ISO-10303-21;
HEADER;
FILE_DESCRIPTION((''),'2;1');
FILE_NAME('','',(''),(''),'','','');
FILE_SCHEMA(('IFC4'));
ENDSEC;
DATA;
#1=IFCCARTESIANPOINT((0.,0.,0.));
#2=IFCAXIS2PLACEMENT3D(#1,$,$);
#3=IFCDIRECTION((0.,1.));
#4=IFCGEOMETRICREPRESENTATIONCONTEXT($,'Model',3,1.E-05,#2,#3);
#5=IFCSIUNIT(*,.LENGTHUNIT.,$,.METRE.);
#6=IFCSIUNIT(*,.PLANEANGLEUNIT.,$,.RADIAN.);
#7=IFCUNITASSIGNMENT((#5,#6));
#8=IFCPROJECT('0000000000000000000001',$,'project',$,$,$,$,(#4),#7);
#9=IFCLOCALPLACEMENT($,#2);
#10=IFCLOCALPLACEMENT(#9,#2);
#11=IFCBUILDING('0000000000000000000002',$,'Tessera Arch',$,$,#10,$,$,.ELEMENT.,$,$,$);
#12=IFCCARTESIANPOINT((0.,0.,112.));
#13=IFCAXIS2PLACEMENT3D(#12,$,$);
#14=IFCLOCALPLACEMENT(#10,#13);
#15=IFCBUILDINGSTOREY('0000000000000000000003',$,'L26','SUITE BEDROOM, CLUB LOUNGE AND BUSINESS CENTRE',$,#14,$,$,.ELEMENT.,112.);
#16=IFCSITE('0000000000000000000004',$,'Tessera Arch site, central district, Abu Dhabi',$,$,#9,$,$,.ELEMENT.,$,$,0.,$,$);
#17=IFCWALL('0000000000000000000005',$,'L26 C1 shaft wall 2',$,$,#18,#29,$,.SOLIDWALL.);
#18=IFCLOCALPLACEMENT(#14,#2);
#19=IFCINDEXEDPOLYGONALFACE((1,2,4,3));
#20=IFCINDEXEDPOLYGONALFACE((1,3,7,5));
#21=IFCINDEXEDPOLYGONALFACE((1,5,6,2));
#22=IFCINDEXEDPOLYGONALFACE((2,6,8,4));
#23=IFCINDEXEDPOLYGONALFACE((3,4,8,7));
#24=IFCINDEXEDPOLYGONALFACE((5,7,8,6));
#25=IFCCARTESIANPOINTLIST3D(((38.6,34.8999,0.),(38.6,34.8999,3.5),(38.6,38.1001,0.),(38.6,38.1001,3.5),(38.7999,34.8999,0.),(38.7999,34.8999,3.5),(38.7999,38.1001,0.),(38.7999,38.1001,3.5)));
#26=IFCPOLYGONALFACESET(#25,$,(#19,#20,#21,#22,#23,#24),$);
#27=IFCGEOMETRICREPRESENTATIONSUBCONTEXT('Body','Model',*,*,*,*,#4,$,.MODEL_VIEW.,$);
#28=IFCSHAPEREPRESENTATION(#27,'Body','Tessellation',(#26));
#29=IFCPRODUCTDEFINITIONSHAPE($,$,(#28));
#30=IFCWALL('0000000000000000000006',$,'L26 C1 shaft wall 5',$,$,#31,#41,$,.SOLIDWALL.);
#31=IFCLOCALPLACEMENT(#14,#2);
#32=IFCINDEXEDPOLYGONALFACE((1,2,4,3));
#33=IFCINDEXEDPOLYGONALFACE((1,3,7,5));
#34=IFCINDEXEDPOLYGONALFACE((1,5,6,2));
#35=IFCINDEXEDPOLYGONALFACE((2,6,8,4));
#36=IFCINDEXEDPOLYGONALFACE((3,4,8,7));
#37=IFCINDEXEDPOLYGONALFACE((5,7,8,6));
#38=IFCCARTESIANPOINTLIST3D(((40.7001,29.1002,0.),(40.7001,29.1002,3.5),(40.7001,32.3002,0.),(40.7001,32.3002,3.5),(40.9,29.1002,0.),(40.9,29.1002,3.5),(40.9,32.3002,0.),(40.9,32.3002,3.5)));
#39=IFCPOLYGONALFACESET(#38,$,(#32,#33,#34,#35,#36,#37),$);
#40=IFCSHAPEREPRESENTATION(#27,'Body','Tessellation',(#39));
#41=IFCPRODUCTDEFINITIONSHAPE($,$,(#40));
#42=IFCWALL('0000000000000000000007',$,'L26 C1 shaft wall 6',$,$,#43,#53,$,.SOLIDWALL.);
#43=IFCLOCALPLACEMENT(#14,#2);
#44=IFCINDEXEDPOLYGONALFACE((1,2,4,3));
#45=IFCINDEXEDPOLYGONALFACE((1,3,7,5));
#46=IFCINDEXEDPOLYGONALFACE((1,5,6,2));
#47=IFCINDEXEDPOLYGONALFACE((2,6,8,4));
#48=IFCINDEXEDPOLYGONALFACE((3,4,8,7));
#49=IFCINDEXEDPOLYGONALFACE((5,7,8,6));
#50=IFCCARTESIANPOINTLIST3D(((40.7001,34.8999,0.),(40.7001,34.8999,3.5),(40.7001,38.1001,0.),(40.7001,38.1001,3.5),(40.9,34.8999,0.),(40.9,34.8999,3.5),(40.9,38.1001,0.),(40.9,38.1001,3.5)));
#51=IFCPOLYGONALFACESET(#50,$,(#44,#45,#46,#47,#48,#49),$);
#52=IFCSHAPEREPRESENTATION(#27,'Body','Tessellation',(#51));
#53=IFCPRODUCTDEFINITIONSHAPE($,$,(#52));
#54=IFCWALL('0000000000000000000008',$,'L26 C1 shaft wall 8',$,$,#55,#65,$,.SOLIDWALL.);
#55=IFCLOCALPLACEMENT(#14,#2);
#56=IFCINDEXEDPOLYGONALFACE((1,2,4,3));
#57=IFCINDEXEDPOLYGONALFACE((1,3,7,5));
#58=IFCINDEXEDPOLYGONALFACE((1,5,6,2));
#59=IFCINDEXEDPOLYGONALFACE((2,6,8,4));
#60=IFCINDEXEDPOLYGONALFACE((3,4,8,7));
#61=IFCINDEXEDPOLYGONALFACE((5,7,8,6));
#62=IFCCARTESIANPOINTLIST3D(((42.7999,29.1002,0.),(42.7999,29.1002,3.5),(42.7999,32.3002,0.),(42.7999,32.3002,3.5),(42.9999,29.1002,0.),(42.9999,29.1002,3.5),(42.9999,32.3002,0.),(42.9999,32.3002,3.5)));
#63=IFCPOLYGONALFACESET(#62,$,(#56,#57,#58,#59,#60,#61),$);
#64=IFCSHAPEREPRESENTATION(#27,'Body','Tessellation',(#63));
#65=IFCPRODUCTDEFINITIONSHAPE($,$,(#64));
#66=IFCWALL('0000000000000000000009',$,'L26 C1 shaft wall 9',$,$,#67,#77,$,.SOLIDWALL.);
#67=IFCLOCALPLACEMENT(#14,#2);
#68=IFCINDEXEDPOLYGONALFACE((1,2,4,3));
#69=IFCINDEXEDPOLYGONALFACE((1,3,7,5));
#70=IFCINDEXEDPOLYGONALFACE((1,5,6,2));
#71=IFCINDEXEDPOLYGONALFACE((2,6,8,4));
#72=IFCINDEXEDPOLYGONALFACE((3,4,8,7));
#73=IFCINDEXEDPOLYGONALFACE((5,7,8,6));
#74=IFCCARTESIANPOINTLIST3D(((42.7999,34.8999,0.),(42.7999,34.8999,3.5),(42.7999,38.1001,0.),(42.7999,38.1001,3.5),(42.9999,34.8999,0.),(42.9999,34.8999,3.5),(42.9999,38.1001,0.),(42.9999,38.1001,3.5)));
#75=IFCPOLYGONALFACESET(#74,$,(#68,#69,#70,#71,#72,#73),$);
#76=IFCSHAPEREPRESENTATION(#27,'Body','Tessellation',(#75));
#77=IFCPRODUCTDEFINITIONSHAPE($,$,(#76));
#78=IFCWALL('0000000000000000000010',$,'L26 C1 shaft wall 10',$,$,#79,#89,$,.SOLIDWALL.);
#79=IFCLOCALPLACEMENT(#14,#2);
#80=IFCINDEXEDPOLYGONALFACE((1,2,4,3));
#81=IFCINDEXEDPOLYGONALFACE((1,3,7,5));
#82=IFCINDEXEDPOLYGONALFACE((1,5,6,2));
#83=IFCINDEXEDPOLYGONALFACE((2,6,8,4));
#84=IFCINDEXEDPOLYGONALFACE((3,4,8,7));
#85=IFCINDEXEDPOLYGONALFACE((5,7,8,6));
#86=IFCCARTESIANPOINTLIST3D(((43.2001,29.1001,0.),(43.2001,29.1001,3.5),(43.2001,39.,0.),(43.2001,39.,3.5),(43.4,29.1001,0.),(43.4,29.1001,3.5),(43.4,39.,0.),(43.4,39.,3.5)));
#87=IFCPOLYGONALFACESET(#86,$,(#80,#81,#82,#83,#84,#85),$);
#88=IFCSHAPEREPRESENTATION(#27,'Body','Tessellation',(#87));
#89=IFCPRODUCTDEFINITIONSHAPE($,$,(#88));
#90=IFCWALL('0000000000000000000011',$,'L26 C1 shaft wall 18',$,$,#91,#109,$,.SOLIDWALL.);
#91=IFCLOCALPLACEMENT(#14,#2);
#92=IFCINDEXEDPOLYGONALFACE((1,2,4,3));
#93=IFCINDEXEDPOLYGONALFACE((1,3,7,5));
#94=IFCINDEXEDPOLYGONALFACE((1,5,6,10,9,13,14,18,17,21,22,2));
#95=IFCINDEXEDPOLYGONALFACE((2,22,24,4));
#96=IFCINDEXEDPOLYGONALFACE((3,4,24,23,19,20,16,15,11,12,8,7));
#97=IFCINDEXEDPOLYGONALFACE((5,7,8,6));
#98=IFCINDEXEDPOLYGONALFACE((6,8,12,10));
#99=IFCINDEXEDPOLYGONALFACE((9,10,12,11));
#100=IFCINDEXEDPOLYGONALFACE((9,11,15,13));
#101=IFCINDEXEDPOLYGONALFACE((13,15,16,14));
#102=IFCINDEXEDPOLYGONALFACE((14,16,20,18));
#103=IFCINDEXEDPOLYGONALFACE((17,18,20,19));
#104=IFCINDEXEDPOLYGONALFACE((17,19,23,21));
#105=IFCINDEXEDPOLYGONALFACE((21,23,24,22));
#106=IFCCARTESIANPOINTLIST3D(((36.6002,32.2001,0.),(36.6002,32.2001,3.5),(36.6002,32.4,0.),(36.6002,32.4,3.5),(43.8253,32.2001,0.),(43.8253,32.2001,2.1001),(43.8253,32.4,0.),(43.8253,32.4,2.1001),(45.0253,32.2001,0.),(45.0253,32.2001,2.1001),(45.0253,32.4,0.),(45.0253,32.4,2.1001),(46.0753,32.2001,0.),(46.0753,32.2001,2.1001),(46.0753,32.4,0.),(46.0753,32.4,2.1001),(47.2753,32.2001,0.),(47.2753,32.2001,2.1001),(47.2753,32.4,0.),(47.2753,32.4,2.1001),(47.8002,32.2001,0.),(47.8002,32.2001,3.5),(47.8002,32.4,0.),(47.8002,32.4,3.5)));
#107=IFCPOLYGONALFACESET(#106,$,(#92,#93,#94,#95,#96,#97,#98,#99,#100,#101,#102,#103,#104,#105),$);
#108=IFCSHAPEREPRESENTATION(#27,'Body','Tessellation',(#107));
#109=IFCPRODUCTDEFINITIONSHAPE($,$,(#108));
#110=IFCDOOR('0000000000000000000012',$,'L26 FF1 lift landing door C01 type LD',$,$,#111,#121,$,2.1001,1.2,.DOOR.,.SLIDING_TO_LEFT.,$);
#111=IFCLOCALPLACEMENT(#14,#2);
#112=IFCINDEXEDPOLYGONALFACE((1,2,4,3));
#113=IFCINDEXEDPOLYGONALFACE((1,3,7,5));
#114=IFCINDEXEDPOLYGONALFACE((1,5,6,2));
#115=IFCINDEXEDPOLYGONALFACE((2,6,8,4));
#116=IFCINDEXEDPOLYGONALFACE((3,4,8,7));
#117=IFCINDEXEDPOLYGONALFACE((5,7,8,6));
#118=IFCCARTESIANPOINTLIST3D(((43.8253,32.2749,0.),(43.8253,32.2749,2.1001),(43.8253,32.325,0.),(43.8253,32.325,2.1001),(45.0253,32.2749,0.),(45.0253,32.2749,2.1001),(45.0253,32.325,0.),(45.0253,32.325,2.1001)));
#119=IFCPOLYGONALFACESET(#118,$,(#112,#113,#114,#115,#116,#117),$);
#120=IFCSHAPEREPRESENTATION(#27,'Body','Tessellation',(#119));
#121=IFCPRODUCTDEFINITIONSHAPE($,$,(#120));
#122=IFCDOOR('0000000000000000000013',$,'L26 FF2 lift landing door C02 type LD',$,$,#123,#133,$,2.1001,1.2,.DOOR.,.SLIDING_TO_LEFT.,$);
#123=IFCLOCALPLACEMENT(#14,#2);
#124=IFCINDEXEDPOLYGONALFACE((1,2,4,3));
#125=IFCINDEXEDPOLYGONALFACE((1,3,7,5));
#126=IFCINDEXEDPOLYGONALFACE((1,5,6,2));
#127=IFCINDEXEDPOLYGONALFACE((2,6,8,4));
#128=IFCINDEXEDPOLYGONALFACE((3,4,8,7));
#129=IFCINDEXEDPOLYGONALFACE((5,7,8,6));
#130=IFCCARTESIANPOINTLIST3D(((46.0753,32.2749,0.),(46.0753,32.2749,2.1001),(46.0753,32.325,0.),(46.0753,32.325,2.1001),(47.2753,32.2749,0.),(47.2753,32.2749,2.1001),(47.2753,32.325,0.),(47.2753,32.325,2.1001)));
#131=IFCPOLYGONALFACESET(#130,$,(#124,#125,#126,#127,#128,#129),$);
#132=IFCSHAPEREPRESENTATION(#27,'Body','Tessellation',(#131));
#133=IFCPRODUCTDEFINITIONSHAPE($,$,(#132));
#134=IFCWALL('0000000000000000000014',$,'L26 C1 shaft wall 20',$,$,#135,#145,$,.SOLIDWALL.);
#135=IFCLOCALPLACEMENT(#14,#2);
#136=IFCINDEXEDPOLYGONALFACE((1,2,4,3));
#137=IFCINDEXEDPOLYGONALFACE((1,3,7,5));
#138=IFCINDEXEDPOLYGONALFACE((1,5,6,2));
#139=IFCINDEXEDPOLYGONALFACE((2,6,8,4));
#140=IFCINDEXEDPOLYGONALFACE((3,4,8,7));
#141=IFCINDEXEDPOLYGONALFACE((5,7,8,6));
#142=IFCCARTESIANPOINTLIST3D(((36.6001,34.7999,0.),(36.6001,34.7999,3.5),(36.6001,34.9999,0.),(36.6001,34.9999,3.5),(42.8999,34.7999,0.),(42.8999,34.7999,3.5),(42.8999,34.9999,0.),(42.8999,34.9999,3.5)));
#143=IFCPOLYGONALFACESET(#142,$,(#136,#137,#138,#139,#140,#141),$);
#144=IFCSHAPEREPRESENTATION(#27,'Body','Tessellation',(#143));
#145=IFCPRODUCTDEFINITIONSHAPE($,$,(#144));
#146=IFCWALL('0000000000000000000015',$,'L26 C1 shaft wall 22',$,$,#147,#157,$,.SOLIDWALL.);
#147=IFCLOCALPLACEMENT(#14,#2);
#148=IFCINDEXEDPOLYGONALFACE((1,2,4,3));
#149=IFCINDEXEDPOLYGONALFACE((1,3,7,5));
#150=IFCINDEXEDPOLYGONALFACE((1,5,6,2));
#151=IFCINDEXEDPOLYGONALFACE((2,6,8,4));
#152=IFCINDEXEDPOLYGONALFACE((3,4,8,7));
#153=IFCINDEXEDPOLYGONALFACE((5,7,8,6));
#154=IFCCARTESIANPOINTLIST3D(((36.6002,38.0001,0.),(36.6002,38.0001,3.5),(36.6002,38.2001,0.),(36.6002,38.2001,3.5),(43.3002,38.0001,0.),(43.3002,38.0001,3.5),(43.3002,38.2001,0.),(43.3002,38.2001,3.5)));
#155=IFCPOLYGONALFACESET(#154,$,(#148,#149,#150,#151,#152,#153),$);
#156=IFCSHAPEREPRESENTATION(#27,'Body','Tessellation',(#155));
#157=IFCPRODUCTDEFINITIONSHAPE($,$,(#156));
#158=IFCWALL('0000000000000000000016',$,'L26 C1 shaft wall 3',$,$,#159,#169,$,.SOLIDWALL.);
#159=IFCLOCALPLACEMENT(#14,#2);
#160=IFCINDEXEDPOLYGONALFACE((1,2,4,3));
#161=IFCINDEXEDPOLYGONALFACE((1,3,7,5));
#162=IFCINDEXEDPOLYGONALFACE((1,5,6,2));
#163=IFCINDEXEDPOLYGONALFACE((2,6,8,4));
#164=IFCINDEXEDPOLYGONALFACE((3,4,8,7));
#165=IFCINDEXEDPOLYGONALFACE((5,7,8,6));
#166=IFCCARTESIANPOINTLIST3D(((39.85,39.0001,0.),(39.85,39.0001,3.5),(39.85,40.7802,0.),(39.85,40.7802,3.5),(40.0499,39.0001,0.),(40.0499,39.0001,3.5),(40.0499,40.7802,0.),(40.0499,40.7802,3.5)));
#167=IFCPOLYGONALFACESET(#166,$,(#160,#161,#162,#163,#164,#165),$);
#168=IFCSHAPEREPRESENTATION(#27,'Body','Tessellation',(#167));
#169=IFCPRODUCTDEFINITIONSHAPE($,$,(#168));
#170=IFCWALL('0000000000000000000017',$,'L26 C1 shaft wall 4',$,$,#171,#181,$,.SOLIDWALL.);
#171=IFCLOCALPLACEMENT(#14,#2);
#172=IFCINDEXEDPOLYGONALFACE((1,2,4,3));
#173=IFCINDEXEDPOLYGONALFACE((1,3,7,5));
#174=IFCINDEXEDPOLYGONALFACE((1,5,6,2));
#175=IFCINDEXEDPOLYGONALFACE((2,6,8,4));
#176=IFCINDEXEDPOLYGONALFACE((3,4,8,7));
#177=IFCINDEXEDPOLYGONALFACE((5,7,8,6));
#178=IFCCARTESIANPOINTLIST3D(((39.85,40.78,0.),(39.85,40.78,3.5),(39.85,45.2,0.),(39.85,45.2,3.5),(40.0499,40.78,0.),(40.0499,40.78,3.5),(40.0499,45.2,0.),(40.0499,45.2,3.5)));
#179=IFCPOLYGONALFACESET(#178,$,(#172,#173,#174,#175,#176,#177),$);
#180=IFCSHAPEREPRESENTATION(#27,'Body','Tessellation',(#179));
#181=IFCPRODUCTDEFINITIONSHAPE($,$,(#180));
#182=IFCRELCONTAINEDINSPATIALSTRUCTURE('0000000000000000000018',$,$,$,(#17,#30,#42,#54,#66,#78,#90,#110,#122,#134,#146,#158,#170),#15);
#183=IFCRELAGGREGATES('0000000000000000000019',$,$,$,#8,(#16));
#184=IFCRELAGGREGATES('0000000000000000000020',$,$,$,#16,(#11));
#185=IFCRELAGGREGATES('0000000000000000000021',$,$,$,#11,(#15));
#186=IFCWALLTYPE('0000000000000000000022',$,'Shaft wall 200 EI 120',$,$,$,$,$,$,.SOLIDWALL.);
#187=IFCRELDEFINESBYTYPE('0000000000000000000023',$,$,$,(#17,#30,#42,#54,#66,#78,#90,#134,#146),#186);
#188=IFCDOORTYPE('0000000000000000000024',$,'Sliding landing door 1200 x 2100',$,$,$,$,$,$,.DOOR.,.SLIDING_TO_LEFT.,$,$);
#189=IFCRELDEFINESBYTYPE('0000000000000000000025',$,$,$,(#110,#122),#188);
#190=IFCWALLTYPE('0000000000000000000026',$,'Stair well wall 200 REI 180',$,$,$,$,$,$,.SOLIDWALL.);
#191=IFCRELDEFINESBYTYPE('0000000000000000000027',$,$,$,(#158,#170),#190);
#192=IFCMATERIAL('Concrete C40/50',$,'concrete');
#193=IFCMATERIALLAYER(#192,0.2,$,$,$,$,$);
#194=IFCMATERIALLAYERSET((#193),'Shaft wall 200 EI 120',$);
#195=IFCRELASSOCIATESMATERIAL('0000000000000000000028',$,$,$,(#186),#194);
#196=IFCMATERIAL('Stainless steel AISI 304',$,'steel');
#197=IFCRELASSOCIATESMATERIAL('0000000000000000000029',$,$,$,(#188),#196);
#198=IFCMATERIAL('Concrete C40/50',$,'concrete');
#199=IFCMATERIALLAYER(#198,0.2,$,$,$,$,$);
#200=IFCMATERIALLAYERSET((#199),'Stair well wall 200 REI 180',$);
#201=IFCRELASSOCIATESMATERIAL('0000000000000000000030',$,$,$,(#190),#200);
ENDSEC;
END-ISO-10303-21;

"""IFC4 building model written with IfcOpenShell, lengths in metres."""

from ifc_helpers import new_model, si_unit, direction, frame, frame_2d, origin, place, context, subcontext, project, spatial, rectangle, extrude, material, layer, layer_set, type_object, element, fill, save


model = new_model("IFC4")

# Units and contexts
model_context = context("Model", 3, precision=1e-05, world=origin(), true_north=direction((0.0, 1.0)))
body_context = subcontext(model_context, "Body", "Model", "MODEL_VIEW")
ifc_project = project(units=[si_unit("LENGTHUNIT", "METRE"), si_unit("PLANEANGLEUNIT", "RADIAN")], contexts=[model_context])

# Site, building, storey
site_placement = place(None, origin())
site = spatial("IfcSite", under=ifc_project, at=site_placement, Name="Tessera Arch site, central district, Abu Dhabi", CompositionType="ELEMENT", RefElevation=0.0)
building_placement = place(site_placement, origin())
building = spatial("IfcBuilding", under=site, at=building_placement, Name="Tessera Arch", CompositionType="ELEMENT")
storey_placement = place(building_placement, frame((0.0, 0.0, 112.0)))
storey = spatial("IfcBuildingStorey", under=building, at=storey_placement, Name="L26", Description="SUITE BEDROOM, CLUB LOUNGE AND BUSINESS CENTRE", CompositionType="ELEMENT", Elevation=112.0)

# Walls
ifc_material_1 = material(Name="Concrete C40/50", Category="concrete")
ifc_layer_1 = layer(ifc_material_1, 0.2)
ifc_layer_set_1 = layer_set([ifc_layer_1], Name="Shaft wall 200 EI 120")
wall_type_1 = type_object("IfcWallType", Name="Shaft wall 200 EI 120", PredefinedType="SOLIDWALL", material=ifc_layer_set_1)
wall_1_placement = place(storey_placement, frame((38.7, 34.8999, 0.0), z_axis=(0.0, 0.0, 1.0), x_axis=(0.0, 1.0, 0.0)))
element("IfcWall", 1, at=wall_1_placement, inside=storey, type_object=wall_type_1, Name="L26 C1 shaft wall 2", PredefinedType="SOLIDWALL", context=body_context, shape_type="SweptSolid", body=[
    extrude(rectangle(XDim=3.2002, YDim=0.2, at=frame_2d((1.6001, 0.0))), origin(), (0.0, 0.0, 1.0), 3.5),
])
wall_2_placement = place(storey_placement, frame((40.8, 29.1001, 0.0), z_axis=(0.0, 0.0, 1.0), x_axis=(0.0, 1.0, 0.0)))
element("IfcWall", 2, at=wall_2_placement, inside=storey, type_object=wall_type_1, Name="L26 C1 shaft wall 5", PredefinedType="SOLIDWALL", context=body_context, shape_type="SweptSolid", body=[
    extrude(rectangle(XDim=3.2, YDim=0.2, at=frame_2d((1.6001, 0.0))), origin(), (0.0, 0.0, 1.0), 3.5),
])
wall_3_placement = place(storey_placement, frame((40.8, 34.8999, 0.0), z_axis=(0.0, 0.0, 1.0), x_axis=(0.0, 1.0, 0.0)))
element("IfcWall", 3, at=wall_3_placement, inside=storey, type_object=wall_type_1, Name="L26 C1 shaft wall 6", PredefinedType="SOLIDWALL", context=body_context, shape_type="SweptSolid", body=[
    extrude(rectangle(XDim=3.2002, YDim=0.2, at=frame_2d((1.6001, 0.0))), origin(), (0.0, 0.0, 1.0), 3.5),
])
wall_4_placement = place(storey_placement, frame((42.8999, 29.1001, 0.0), z_axis=(0.0, 0.0, 1.0), x_axis=(0.0, 1.0, 0.0)))
element("IfcWall", 4, at=wall_4_placement, inside=storey, type_object=wall_type_1, Name="L26 C1 shaft wall 8", PredefinedType="SOLIDWALL", context=body_context, shape_type="SweptSolid", body=[
    extrude(rectangle(XDim=3.2, YDim=0.2, at=frame_2d((1.6001, 0.0))), origin(), (0.0, 0.0, 1.0), 3.5),
])
wall_5_placement = place(storey_placement, frame((42.8999, 34.8999, 0.0), z_axis=(0.0, 0.0, 1.0), x_axis=(0.0, 1.0, 0.0)))
element("IfcWall", 5, at=wall_5_placement, inside=storey, type_object=wall_type_1, Name="L26 C1 shaft wall 9", PredefinedType="SOLIDWALL", context=body_context, shape_type="SweptSolid", body=[
    extrude(rectangle(XDim=3.2002, YDim=0.2, at=frame_2d((1.6001, 0.0))), origin(), (0.0, 0.0, 1.0), 3.5),
])
wall_6_placement = place(storey_placement, frame((43.3, 29.1001, 0.0), z_axis=(0.0, 0.0, 1.0), x_axis=(0.0, 1.0, 0.0)))
element("IfcWall", 6, at=wall_6_placement, inside=storey, type_object=wall_type_1, Name="L26 C1 shaft wall 10", PredefinedType="SOLIDWALL", context=body_context, shape_type="SweptSolid", body=[
    extrude(rectangle(XDim=9.8999, YDim=0.2, at=frame_2d((4.95, 0.0))), origin(), (0.0, 0.0, 1.0), 3.5),
])

# Wall, openings, doors
wall_7_placement = place(storey_placement, frame((36.6001, 32.3, 0.0), z_axis=(0.0, 0.0, 1.0), x_axis=(1.0, 0.0, 0.0)))
wall_7 = element("IfcWall", 7, at=wall_7_placement, inside=storey, type_object=wall_type_1, Name="L26 C1 shaft wall 18", PredefinedType="SOLIDWALL", context=body_context, shape_type="SweptSolid", body=[
    extrude(rectangle(XDim=11.2, YDim=0.2, at=frame_2d((5.6001, 0.0))), origin(), (0.0, 0.0, 1.0), 3.5),
])
opening_1_placement = place(wall_7_placement, frame((7.2251, 0.0, 0.0)))
opening_1 = element("IfcOpeningElement", 8, at=opening_1_placement, cuts=wall_7, PredefinedType="OPENING", context=body_context, shape_type="SweptSolid", body=[
    extrude(rectangle(XDim=1.2, YDim=2.1001, at=frame_2d((0.6001, 1.05))), frame((0.0, 0.1099, 0.0), z_axis=(0.0, -1.0, 0.0), x_axis=(1.0, 0.0, 0.0)), (0.0, 0.0, 1.0), 0.22),
])
opening_2_placement = place(wall_7_placement, frame((9.4751, 0.0, 0.0)))
opening_2 = element("IfcOpeningElement", 9, at=opening_2_placement, cuts=wall_7, PredefinedType="OPENING", context=body_context, shape_type="SweptSolid", body=[
    extrude(rectangle(XDim=1.2, YDim=2.1001, at=frame_2d((0.6001, 1.05))), frame((0.0, 0.1099, 0.0), z_axis=(0.0, -1.0, 0.0), x_axis=(1.0, 0.0, 0.0)), (0.0, 0.0, 1.0), 0.22),
])
ifc_material_2 = material(Name="Stainless steel AISI 304", Category="steel")
door_type_1 = type_object("IfcDoorType", Name="Sliding landing door 1200 x 2100", OperationType="SLIDING_TO_LEFT", PredefinedType="DOOR", material=ifc_material_2)
door_1_placement = place(opening_1_placement, origin())
door_1 = element("IfcDoor", 10, at=door_1_placement, inside=storey, type_object=door_type_1, Name="L26 FF1 lift landing door C01 type LD", OperationType="SLIDING_TO_LEFT", OverallHeight=2.1001, OverallWidth=1.2, PredefinedType="DOOR", context=body_context, shape_type="SweptSolid", body=[
    extrude(rectangle(XDim=1.2, YDim=2.1001, at=frame_2d((0.6001, 1.05))), frame((0.0, 0.0249, 0.0), z_axis=(0.0, -1.0, 0.0), x_axis=(1.0, 0.0, 0.0)), (0.0, 0.0, 1.0), 0.05),
])
fill(opening_1, door_1)
door_2_placement = place(opening_2_placement, origin())
door_2 = element("IfcDoor", 11, at=door_2_placement, inside=storey, type_object=door_type_1, Name="L26 FF2 lift landing door C02 type LD", OperationType="SLIDING_TO_LEFT", OverallHeight=2.1001, OverallWidth=1.2, PredefinedType="DOOR", context=body_context, shape_type="SweptSolid", body=[
    extrude(rectangle(XDim=1.2, YDim=2.1001, at=frame_2d((0.6001, 1.05))), frame((0.0, 0.0249, 0.0), z_axis=(0.0, -1.0, 0.0), x_axis=(1.0, 0.0, 0.0)), (0.0, 0.0, 1.0), 0.05),
])
fill(opening_2, door_2)

# Walls
wall_8_placement = place(storey_placement, frame((36.6001, 34.8999, 0.0), z_axis=(0.0, 0.0, 1.0), x_axis=(1.0, 0.0, 0.0)))
element("IfcWall", 12, at=wall_8_placement, inside=storey, type_object=wall_type_1, Name="L26 C1 shaft wall 20", PredefinedType="SOLIDWALL", context=body_context, shape_type="SweptSolid", body=[
    extrude(rectangle(XDim=6.2998, YDim=0.2, at=frame_2d((3.1499, 0.0))), origin(), (0.0, 0.0, 1.0), 3.5),
])
wall_9_placement = place(storey_placement, frame((36.6001, 38.1001, 0.0), z_axis=(0.0, 0.0, 1.0), x_axis=(1.0, 0.0, 0.0)))
element("IfcWall", 13, at=wall_9_placement, inside=storey, type_object=wall_type_1, Name="L26 C1 shaft wall 22", PredefinedType="SOLIDWALL", context=body_context, shape_type="SweptSolid", body=[
    extrude(rectangle(XDim=6.7, YDim=0.2, at=frame_2d((3.3501, 0.0))), origin(), (0.0, 0.0, 1.0), 3.5),
])
ifc_material_3 = material(Name="Concrete C40/50", Category="concrete")
ifc_layer_2 = layer(ifc_material_3, 0.2)
ifc_layer_set_2 = layer_set([ifc_layer_2], Name="Stair well wall 200 REI 180")
wall_type_2 = type_object("IfcWallType", Name="Stair well wall 200 REI 180", PredefinedType="SOLIDWALL", material=ifc_layer_set_2)
wall_10_placement = place(storey_placement, frame((39.95, 39.0, 0.0), z_axis=(0.0, 0.0, 1.0), x_axis=(0.0, 1.0, 0.0)))
element("IfcWall", 14, at=wall_10_placement, inside=storey, type_object=wall_type_2, Name="L26 C1 shaft wall 3", PredefinedType="SOLIDWALL", context=body_context, shape_type="SweptSolid", body=[
    extrude(rectangle(XDim=1.78, YDim=0.2, at=frame_2d((0.8901, 0.0))), origin(), (0.0, 0.0, 1.0), 3.5),
])
wall_11_placement = place(storey_placement, frame((39.95, 40.78, 0.0), z_axis=(0.0, 0.0, 1.0), x_axis=(0.0, 1.0, 0.0)))
element("IfcWall", 15, at=wall_11_placement, inside=storey, type_object=wall_type_2, Name="L26 C1 shaft wall 4", PredefinedType="SOLIDWALL", context=body_context, shape_type="SweptSolid", body=[
    extrude(rectangle(XDim=4.4199, YDim=0.2, at=frame_2d((2.21, 0.0))), origin(), (0.0, 0.0, 1.0), 3.5),
])

save(model, "model.ifc")
